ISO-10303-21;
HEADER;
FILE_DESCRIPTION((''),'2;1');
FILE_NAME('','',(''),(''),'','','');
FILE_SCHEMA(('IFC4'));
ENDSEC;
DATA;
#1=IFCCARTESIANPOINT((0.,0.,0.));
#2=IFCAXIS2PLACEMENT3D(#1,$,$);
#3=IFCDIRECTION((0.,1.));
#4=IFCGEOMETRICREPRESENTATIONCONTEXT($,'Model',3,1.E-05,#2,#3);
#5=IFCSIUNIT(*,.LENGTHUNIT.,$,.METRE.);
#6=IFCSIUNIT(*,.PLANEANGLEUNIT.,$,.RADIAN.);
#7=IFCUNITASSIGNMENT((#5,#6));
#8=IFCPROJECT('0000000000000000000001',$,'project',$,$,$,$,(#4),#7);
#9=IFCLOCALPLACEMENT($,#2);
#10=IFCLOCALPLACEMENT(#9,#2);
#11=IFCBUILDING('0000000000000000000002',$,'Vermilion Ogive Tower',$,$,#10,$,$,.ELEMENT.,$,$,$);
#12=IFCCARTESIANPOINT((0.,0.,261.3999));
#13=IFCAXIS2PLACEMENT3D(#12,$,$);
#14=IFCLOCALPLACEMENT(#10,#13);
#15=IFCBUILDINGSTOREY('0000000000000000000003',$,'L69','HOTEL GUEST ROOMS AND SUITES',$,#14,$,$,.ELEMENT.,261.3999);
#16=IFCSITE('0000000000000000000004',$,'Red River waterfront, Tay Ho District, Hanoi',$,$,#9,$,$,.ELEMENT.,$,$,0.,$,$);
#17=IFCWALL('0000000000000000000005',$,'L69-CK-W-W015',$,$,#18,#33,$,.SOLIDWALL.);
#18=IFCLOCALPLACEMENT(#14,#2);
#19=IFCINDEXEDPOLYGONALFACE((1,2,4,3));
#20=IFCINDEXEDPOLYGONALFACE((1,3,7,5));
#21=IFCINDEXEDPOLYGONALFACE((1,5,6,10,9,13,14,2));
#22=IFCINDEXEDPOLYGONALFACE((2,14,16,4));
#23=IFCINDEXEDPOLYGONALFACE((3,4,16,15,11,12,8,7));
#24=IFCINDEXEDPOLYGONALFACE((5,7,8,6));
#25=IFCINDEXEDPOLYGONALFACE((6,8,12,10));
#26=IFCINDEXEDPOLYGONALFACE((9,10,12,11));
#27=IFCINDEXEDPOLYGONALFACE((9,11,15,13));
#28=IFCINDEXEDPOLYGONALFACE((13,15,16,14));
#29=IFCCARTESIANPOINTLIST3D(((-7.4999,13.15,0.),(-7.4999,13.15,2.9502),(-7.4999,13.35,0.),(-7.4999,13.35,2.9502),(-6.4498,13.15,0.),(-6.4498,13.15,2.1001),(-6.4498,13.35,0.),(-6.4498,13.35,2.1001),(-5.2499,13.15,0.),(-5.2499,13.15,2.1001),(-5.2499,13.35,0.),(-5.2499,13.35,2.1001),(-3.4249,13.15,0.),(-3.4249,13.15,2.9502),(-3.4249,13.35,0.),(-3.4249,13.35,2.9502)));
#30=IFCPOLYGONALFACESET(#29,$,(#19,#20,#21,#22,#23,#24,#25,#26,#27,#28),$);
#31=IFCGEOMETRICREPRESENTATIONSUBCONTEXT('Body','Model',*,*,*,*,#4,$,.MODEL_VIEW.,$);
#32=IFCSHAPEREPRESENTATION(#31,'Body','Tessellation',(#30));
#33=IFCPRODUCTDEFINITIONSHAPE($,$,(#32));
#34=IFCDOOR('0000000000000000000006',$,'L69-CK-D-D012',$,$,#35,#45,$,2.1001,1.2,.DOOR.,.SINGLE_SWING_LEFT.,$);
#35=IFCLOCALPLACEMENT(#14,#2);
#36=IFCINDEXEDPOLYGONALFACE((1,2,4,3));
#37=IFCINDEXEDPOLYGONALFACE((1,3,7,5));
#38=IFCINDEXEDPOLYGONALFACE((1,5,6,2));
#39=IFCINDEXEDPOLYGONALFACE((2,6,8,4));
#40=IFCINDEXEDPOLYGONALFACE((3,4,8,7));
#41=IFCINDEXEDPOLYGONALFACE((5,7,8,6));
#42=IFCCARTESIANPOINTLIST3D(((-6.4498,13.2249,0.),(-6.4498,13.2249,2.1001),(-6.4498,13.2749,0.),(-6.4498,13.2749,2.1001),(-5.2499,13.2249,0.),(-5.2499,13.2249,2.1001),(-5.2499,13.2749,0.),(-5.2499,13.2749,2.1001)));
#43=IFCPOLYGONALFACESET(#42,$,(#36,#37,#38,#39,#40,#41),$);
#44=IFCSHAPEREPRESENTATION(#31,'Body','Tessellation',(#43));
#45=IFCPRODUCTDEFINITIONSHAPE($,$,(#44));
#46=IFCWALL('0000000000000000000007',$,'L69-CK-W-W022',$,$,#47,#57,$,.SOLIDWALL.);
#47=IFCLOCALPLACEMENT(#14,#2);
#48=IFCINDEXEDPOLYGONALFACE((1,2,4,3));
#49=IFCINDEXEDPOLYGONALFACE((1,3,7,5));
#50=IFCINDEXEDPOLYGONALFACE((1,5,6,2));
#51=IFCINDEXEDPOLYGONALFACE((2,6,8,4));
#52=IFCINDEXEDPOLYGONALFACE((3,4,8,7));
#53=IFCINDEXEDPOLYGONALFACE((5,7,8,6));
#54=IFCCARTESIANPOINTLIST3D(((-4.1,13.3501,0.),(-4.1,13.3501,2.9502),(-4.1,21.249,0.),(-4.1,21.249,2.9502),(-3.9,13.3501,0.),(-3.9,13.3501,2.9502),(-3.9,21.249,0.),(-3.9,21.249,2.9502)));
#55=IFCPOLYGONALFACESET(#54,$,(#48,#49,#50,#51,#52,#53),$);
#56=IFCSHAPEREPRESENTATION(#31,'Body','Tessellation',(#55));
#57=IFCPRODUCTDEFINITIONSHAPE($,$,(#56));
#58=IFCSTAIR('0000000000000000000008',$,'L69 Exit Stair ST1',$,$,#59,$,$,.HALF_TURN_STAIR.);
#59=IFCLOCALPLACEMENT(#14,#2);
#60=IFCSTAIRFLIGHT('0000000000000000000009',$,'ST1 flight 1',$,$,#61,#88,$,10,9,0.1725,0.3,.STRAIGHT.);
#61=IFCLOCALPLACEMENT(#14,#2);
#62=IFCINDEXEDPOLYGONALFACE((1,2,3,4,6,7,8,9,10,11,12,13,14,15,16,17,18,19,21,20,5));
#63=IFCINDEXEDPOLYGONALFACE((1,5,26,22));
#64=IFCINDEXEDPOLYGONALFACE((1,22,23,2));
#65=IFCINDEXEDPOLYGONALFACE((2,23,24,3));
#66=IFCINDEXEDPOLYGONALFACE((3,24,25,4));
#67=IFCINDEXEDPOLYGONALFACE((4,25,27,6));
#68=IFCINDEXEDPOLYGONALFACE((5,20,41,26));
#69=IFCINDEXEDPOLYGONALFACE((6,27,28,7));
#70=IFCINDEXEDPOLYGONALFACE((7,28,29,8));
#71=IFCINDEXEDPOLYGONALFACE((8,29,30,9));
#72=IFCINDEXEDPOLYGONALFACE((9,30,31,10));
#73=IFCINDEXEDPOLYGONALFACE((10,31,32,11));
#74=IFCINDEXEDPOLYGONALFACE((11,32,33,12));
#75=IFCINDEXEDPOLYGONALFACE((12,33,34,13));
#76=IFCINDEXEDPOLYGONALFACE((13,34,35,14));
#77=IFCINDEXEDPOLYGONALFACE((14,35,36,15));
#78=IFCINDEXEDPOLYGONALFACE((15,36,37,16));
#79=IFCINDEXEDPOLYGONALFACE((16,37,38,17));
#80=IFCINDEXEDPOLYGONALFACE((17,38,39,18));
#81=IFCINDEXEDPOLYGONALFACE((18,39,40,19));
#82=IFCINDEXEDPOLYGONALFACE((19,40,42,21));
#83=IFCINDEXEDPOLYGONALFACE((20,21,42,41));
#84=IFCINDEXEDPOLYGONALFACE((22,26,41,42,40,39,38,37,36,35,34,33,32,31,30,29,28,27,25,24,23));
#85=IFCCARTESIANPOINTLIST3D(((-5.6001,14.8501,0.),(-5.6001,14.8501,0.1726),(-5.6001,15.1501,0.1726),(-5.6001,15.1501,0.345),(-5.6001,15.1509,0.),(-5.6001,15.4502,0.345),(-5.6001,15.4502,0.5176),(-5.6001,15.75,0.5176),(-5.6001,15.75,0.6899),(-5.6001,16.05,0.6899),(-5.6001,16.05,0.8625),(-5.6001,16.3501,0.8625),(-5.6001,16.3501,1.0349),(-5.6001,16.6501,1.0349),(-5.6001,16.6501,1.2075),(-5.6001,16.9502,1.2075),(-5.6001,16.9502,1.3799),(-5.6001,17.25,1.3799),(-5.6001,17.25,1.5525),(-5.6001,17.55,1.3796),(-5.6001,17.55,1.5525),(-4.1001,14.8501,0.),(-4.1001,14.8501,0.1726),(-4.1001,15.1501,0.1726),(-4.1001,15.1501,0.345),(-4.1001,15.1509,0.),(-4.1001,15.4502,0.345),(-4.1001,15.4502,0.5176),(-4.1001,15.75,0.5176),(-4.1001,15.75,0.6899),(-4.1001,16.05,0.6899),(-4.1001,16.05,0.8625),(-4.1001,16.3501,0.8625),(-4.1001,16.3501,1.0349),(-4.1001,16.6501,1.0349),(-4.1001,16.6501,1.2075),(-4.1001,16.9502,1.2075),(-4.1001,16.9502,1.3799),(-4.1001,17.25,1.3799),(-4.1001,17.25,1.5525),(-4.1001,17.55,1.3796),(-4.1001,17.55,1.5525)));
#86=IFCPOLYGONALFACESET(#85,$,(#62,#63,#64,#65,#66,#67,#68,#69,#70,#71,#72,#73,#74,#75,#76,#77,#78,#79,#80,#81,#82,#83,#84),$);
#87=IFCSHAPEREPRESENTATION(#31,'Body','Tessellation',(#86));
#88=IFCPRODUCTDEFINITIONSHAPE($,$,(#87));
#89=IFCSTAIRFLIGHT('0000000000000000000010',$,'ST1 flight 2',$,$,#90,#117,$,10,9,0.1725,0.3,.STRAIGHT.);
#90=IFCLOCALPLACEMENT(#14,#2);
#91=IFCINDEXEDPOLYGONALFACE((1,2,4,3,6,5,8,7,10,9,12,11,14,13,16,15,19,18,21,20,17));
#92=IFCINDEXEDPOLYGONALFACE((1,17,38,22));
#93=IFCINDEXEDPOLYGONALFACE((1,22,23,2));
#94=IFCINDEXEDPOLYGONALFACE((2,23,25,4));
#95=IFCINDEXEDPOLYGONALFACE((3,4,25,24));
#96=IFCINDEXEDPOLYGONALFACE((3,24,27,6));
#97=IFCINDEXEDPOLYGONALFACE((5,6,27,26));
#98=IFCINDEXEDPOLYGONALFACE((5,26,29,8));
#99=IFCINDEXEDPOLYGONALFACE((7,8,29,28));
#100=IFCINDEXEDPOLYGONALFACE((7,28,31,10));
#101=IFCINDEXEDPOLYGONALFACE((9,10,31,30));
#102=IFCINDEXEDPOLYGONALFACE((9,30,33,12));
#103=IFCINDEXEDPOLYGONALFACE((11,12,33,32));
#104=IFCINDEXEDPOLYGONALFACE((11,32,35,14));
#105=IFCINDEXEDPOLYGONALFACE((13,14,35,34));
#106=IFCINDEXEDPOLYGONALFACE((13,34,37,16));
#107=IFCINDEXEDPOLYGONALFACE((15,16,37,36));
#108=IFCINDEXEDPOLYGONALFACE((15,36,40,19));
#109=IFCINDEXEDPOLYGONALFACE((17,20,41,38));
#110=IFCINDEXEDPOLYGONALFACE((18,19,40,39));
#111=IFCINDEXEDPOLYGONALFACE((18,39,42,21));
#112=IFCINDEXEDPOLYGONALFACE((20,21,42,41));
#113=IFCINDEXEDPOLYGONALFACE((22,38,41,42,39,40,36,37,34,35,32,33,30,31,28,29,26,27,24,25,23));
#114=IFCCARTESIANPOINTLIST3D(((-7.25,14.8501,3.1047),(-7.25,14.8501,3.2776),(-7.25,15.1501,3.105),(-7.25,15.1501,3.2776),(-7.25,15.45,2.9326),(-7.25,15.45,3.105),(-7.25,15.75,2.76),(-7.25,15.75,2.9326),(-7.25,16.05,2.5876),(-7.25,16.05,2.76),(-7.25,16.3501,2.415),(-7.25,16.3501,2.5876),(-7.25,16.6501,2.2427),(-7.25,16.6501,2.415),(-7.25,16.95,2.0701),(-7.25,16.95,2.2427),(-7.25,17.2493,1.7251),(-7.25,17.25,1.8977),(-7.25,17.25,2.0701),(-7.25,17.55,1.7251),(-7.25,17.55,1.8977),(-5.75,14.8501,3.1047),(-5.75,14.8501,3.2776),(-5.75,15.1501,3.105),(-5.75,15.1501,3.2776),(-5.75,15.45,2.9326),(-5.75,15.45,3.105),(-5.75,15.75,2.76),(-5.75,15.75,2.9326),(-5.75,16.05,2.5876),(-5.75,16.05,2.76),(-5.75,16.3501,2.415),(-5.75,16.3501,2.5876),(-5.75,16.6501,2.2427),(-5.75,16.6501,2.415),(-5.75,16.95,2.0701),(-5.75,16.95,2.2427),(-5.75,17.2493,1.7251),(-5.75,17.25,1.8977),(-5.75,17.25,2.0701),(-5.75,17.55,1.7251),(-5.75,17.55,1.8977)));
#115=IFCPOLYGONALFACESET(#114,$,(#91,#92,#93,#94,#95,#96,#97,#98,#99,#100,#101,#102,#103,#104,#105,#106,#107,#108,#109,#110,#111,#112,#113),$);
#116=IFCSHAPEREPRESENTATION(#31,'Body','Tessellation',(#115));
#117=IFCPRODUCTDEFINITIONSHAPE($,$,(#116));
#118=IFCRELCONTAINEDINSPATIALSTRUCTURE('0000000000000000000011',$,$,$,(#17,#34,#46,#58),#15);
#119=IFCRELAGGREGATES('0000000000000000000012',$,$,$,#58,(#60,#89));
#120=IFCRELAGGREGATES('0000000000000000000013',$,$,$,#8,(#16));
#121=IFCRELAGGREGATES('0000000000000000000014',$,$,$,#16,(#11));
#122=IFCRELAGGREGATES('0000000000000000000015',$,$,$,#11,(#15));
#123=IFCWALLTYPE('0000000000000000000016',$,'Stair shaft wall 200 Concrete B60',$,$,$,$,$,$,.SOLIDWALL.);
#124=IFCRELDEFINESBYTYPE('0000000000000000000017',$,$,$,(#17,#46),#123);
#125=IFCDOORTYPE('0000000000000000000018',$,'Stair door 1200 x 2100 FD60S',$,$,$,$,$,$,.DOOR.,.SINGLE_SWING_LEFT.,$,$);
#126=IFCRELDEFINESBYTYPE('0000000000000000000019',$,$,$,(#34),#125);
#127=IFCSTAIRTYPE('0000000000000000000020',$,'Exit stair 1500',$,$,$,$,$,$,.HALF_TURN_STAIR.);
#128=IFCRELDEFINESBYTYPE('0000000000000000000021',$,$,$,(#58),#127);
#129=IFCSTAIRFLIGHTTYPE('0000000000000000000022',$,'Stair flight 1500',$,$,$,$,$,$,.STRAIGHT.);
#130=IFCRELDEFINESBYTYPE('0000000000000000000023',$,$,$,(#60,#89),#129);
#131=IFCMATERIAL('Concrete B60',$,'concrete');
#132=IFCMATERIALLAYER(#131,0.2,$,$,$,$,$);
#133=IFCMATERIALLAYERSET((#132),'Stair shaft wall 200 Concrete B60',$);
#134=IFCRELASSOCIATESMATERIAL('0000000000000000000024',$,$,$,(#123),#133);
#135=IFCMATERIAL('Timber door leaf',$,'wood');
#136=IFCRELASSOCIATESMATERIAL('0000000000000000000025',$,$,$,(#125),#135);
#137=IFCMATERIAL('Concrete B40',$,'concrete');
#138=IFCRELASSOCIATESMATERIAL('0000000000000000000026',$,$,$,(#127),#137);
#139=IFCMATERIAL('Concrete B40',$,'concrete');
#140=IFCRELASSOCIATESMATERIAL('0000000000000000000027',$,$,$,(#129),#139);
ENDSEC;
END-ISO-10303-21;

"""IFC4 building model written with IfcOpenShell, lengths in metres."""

from ifc_helpers import new_model, si_unit, direction, frame, frame_2d, origin, place, context, subcontext, project, spatial, polyline, rectangle, outline, extrude, material, layer, layer_set, type_object, element, fill, aggregate, save


model = new_model("IFC4")

# Units and contexts
model_context = context("Model", 3, precision=1e-05, world=origin(), true_north=direction((0.0, 1.0)))
body_context = subcontext(model_context, "Body", "Model", "MODEL_VIEW")
ifc_project = project(units=[si_unit("LENGTHUNIT", "METRE"), si_unit("PLANEANGLEUNIT", "RADIAN")], contexts=[model_context])

# Site, building, storey
site_placement = place(None, origin())
site = spatial("IfcSite", under=ifc_project, at=site_placement, Name="Red River waterfront, Tay Ho District, Hanoi", CompositionType="ELEMENT", RefElevation=0.0)
building_placement = place(site_placement, origin())
building = spatial("IfcBuilding", under=site, at=building_placement, Name="Vermilion Ogive Tower", CompositionType="ELEMENT")
storey_placement = place(building_placement, frame((0.0, 0.0, 261.3999)))
storey = spatial("IfcBuildingStorey", under=building, at=storey_placement, Name="L69", Description="HOTEL GUEST ROOMS AND SUITES", CompositionType="ELEMENT", Elevation=261.3999)

# Wall, opening, door
ifc_material_1 = material(Name="Concrete B60", Category="concrete")
ifc_layer_1 = layer(ifc_material_1, 0.2)
ifc_layer_set_1 = layer_set([ifc_layer_1], Name="Stair shaft wall 200 Concrete B60")
wall_type_1 = type_object("IfcWallType", Name="Stair shaft wall 200 Concrete B60", PredefinedType="SOLIDWALL", material=ifc_layer_set_1)
wall_1_placement = place(storey_placement, frame((-7.5, 13.25, 0.0), z_axis=(0.0, 0.0, 1.0), x_axis=(1.0, 0.0, 0.0)))
wall_1 = element("IfcWall", 1, at=wall_1_placement, inside=storey, type_object=wall_type_1, Name="L69-CK-W-W015", PredefinedType="SOLIDWALL", context=body_context, shape_type="SweptSolid", body=[
    extrude(rectangle(XDim=4.075, YDim=0.2, at=frame_2d((2.0376, 0.0))), origin(), (0.0, 0.0, 1.0), 2.9502),
])
opening_1_placement = place(wall_1_placement, frame((1.05, 0.0, 0.0)))
opening_1 = element("IfcOpeningElement", 2, at=opening_1_placement, cuts=wall_1, PredefinedType="OPENING", context=body_context, shape_type="SweptSolid", body=[
    extrude(rectangle(XDim=1.2, YDim=2.1001, at=frame_2d((0.6001, 1.05))), frame((0.0, 0.1099, 0.0), z_axis=(0.0, -1.0, 0.0), x_axis=(1.0, 0.0, 0.0)), (0.0, 0.0, 1.0), 0.22),
])
ifc_material_2 = material(Name="Timber door leaf", Category="wood")
door_type_1 = type_object("IfcDoorType", Name="Stair door 1200 x 2100 FD60S", OperationType="SINGLE_SWING_LEFT", PredefinedType="DOOR", material=ifc_material_2)
door_1_placement = place(opening_1_placement, origin())
door_1 = element("IfcDoor", 3, at=door_1_placement, inside=storey, type_object=door_type_1, Name="L69-CK-D-D012", OperationType="SINGLE_SWING_LEFT", OverallHeight=2.1001, OverallWidth=1.2, PredefinedType="DOOR", context=body_context, shape_type="SweptSolid", body=[
    extrude(rectangle(XDim=1.2, YDim=2.1001, at=frame_2d((0.6001, 1.05))), frame((0.0, 0.0249, 0.0), z_axis=(0.0, -1.0, 0.0), x_axis=(1.0, 0.0, 0.0)), (0.0, 0.0, 1.0), 0.05),
])
fill(opening_1, door_1)

# Wall
wall_2_placement = place(storey_placement, frame((-4.0, 13.3501, 0.0), z_axis=(0.0, 0.0, 1.0), x_axis=(0.0, 1.0, 0.0)))
element("IfcWall", 4, at=wall_2_placement, inside=storey, type_object=wall_type_1, Name="L69-CK-W-W022", PredefinedType="SOLIDWALL", context=body_context, shape_type="SweptSolid", body=[
    extrude(rectangle(XDim=7.8989, YDim=0.2, at=frame_2d((3.9495, 0.0))), origin(), (0.0, 0.0, 1.0), 2.9502),
])

# Stair, stair flights
ifc_material_3 = material(Name="Concrete B40", Category="concrete")
stair_type = type_object("IfcStairType", Name="Exit stair 1500", PredefinedType="HALF_TURN_STAIR", material=ifc_material_3)
stair_placement = place(storey_placement, origin())
stair = element("IfcStair", 5, at=stair_placement, inside=storey, type_object=stair_type, Name="L69 Exit Stair ST1", PredefinedType="HALF_TURN_STAIR")
ifc_material_4 = material(Name="Concrete B40", Category="concrete")
stair_flight_type = type_object("IfcStairFlightType", Name="Stair flight 1500", PredefinedType="STRAIGHT", material=ifc_material_4)
stair_flight_1_placement = place(storey_placement, frame((-4.8501, 14.8501, 0.0), z_axis=(0.0, 0.0, 1.0), x_axis=(0.0, 1.0, 0.0)))
stair_flight_1 = element("IfcStairFlight", 6, at=stair_flight_1_placement, type_object=stair_flight_type, Name="ST1 flight 1", NumberOfRisers=10, NumberOfTreads=9, PredefinedType="STRAIGHT", RiserHeight=0.1725, TreadLength=0.3, context=body_context, shape_type="SweptSolid", body=[
    extrude(outline(polyline([(0.0, 0.0), (0.0, 0.1726), (0.3, 0.1726), (0.3, 0.345), (0.6001, 0.345), (0.6001, 0.5176), (0.8999, 0.5176), (0.8999, 0.6899), (1.2, 0.6899), (1.2, 0.8625), (1.5, 0.8625), (1.5, 1.0349), (1.8, 1.0349), (1.8, 1.2075), (2.1001, 1.2075), (2.1001, 1.3799), (2.3999, 1.3799), (2.3999, 1.5525), (2.7, 1.5525), (2.7, 1.7251), (2.7, 1.3796), (0.3008, 0.0), (0.0, 0.0)])), frame((0.0, 0.75, 0.0), z_axis=(0.0, -1.0, 0.0), x_axis=(1.0, 0.0, 0.0)), (0.0, 0.0, 1.0), 1.5),
])
stair_flight_2_placement = place(storey_placement, frame((-6.5, 17.55, 1.7251), z_axis=(0.0, 0.0, 1.0), x_axis=(0.0, -1.0, 0.0)))
stair_flight_2 = element("IfcStairFlight", 7, at=stair_flight_2_placement, type_object=stair_flight_type, Name="ST1 flight 2", NumberOfRisers=10, NumberOfTreads=9, PredefinedType="STRAIGHT", RiserHeight=0.1725, TreadLength=0.3, context=body_context, shape_type="SweptSolid", body=[
    extrude(outline(polyline([(0.0, 0.0), (0.0, 0.1726), (0.3, 0.1726), (0.3, 0.345), (0.6001, 0.345), (0.6001, 0.5176), (0.8999, 0.5176), (0.8999, 0.6899), (1.2, 0.6899), (1.2, 0.8625), (1.5, 0.8625), (1.5, 1.0349), (1.8, 1.0349), (1.8, 1.2075), (2.1001, 1.2075), (2.1001, 1.3799), (2.3999, 1.3799), (2.3999, 1.5525), (2.7, 1.5525), (2.7, 1.7251), (2.7, 1.3796), (0.3008, 0.0), (0.0, 0.0)])), frame((0.0, 0.75, 0.0), z_axis=(0.0, -1.0, 0.0), x_axis=(1.0, 0.0, 0.0)), (0.0, 0.0, 1.0), 1.5),
])
aggregate(stair, [stair_flight_1, stair_flight_2])

save(model, "model.ifc")
